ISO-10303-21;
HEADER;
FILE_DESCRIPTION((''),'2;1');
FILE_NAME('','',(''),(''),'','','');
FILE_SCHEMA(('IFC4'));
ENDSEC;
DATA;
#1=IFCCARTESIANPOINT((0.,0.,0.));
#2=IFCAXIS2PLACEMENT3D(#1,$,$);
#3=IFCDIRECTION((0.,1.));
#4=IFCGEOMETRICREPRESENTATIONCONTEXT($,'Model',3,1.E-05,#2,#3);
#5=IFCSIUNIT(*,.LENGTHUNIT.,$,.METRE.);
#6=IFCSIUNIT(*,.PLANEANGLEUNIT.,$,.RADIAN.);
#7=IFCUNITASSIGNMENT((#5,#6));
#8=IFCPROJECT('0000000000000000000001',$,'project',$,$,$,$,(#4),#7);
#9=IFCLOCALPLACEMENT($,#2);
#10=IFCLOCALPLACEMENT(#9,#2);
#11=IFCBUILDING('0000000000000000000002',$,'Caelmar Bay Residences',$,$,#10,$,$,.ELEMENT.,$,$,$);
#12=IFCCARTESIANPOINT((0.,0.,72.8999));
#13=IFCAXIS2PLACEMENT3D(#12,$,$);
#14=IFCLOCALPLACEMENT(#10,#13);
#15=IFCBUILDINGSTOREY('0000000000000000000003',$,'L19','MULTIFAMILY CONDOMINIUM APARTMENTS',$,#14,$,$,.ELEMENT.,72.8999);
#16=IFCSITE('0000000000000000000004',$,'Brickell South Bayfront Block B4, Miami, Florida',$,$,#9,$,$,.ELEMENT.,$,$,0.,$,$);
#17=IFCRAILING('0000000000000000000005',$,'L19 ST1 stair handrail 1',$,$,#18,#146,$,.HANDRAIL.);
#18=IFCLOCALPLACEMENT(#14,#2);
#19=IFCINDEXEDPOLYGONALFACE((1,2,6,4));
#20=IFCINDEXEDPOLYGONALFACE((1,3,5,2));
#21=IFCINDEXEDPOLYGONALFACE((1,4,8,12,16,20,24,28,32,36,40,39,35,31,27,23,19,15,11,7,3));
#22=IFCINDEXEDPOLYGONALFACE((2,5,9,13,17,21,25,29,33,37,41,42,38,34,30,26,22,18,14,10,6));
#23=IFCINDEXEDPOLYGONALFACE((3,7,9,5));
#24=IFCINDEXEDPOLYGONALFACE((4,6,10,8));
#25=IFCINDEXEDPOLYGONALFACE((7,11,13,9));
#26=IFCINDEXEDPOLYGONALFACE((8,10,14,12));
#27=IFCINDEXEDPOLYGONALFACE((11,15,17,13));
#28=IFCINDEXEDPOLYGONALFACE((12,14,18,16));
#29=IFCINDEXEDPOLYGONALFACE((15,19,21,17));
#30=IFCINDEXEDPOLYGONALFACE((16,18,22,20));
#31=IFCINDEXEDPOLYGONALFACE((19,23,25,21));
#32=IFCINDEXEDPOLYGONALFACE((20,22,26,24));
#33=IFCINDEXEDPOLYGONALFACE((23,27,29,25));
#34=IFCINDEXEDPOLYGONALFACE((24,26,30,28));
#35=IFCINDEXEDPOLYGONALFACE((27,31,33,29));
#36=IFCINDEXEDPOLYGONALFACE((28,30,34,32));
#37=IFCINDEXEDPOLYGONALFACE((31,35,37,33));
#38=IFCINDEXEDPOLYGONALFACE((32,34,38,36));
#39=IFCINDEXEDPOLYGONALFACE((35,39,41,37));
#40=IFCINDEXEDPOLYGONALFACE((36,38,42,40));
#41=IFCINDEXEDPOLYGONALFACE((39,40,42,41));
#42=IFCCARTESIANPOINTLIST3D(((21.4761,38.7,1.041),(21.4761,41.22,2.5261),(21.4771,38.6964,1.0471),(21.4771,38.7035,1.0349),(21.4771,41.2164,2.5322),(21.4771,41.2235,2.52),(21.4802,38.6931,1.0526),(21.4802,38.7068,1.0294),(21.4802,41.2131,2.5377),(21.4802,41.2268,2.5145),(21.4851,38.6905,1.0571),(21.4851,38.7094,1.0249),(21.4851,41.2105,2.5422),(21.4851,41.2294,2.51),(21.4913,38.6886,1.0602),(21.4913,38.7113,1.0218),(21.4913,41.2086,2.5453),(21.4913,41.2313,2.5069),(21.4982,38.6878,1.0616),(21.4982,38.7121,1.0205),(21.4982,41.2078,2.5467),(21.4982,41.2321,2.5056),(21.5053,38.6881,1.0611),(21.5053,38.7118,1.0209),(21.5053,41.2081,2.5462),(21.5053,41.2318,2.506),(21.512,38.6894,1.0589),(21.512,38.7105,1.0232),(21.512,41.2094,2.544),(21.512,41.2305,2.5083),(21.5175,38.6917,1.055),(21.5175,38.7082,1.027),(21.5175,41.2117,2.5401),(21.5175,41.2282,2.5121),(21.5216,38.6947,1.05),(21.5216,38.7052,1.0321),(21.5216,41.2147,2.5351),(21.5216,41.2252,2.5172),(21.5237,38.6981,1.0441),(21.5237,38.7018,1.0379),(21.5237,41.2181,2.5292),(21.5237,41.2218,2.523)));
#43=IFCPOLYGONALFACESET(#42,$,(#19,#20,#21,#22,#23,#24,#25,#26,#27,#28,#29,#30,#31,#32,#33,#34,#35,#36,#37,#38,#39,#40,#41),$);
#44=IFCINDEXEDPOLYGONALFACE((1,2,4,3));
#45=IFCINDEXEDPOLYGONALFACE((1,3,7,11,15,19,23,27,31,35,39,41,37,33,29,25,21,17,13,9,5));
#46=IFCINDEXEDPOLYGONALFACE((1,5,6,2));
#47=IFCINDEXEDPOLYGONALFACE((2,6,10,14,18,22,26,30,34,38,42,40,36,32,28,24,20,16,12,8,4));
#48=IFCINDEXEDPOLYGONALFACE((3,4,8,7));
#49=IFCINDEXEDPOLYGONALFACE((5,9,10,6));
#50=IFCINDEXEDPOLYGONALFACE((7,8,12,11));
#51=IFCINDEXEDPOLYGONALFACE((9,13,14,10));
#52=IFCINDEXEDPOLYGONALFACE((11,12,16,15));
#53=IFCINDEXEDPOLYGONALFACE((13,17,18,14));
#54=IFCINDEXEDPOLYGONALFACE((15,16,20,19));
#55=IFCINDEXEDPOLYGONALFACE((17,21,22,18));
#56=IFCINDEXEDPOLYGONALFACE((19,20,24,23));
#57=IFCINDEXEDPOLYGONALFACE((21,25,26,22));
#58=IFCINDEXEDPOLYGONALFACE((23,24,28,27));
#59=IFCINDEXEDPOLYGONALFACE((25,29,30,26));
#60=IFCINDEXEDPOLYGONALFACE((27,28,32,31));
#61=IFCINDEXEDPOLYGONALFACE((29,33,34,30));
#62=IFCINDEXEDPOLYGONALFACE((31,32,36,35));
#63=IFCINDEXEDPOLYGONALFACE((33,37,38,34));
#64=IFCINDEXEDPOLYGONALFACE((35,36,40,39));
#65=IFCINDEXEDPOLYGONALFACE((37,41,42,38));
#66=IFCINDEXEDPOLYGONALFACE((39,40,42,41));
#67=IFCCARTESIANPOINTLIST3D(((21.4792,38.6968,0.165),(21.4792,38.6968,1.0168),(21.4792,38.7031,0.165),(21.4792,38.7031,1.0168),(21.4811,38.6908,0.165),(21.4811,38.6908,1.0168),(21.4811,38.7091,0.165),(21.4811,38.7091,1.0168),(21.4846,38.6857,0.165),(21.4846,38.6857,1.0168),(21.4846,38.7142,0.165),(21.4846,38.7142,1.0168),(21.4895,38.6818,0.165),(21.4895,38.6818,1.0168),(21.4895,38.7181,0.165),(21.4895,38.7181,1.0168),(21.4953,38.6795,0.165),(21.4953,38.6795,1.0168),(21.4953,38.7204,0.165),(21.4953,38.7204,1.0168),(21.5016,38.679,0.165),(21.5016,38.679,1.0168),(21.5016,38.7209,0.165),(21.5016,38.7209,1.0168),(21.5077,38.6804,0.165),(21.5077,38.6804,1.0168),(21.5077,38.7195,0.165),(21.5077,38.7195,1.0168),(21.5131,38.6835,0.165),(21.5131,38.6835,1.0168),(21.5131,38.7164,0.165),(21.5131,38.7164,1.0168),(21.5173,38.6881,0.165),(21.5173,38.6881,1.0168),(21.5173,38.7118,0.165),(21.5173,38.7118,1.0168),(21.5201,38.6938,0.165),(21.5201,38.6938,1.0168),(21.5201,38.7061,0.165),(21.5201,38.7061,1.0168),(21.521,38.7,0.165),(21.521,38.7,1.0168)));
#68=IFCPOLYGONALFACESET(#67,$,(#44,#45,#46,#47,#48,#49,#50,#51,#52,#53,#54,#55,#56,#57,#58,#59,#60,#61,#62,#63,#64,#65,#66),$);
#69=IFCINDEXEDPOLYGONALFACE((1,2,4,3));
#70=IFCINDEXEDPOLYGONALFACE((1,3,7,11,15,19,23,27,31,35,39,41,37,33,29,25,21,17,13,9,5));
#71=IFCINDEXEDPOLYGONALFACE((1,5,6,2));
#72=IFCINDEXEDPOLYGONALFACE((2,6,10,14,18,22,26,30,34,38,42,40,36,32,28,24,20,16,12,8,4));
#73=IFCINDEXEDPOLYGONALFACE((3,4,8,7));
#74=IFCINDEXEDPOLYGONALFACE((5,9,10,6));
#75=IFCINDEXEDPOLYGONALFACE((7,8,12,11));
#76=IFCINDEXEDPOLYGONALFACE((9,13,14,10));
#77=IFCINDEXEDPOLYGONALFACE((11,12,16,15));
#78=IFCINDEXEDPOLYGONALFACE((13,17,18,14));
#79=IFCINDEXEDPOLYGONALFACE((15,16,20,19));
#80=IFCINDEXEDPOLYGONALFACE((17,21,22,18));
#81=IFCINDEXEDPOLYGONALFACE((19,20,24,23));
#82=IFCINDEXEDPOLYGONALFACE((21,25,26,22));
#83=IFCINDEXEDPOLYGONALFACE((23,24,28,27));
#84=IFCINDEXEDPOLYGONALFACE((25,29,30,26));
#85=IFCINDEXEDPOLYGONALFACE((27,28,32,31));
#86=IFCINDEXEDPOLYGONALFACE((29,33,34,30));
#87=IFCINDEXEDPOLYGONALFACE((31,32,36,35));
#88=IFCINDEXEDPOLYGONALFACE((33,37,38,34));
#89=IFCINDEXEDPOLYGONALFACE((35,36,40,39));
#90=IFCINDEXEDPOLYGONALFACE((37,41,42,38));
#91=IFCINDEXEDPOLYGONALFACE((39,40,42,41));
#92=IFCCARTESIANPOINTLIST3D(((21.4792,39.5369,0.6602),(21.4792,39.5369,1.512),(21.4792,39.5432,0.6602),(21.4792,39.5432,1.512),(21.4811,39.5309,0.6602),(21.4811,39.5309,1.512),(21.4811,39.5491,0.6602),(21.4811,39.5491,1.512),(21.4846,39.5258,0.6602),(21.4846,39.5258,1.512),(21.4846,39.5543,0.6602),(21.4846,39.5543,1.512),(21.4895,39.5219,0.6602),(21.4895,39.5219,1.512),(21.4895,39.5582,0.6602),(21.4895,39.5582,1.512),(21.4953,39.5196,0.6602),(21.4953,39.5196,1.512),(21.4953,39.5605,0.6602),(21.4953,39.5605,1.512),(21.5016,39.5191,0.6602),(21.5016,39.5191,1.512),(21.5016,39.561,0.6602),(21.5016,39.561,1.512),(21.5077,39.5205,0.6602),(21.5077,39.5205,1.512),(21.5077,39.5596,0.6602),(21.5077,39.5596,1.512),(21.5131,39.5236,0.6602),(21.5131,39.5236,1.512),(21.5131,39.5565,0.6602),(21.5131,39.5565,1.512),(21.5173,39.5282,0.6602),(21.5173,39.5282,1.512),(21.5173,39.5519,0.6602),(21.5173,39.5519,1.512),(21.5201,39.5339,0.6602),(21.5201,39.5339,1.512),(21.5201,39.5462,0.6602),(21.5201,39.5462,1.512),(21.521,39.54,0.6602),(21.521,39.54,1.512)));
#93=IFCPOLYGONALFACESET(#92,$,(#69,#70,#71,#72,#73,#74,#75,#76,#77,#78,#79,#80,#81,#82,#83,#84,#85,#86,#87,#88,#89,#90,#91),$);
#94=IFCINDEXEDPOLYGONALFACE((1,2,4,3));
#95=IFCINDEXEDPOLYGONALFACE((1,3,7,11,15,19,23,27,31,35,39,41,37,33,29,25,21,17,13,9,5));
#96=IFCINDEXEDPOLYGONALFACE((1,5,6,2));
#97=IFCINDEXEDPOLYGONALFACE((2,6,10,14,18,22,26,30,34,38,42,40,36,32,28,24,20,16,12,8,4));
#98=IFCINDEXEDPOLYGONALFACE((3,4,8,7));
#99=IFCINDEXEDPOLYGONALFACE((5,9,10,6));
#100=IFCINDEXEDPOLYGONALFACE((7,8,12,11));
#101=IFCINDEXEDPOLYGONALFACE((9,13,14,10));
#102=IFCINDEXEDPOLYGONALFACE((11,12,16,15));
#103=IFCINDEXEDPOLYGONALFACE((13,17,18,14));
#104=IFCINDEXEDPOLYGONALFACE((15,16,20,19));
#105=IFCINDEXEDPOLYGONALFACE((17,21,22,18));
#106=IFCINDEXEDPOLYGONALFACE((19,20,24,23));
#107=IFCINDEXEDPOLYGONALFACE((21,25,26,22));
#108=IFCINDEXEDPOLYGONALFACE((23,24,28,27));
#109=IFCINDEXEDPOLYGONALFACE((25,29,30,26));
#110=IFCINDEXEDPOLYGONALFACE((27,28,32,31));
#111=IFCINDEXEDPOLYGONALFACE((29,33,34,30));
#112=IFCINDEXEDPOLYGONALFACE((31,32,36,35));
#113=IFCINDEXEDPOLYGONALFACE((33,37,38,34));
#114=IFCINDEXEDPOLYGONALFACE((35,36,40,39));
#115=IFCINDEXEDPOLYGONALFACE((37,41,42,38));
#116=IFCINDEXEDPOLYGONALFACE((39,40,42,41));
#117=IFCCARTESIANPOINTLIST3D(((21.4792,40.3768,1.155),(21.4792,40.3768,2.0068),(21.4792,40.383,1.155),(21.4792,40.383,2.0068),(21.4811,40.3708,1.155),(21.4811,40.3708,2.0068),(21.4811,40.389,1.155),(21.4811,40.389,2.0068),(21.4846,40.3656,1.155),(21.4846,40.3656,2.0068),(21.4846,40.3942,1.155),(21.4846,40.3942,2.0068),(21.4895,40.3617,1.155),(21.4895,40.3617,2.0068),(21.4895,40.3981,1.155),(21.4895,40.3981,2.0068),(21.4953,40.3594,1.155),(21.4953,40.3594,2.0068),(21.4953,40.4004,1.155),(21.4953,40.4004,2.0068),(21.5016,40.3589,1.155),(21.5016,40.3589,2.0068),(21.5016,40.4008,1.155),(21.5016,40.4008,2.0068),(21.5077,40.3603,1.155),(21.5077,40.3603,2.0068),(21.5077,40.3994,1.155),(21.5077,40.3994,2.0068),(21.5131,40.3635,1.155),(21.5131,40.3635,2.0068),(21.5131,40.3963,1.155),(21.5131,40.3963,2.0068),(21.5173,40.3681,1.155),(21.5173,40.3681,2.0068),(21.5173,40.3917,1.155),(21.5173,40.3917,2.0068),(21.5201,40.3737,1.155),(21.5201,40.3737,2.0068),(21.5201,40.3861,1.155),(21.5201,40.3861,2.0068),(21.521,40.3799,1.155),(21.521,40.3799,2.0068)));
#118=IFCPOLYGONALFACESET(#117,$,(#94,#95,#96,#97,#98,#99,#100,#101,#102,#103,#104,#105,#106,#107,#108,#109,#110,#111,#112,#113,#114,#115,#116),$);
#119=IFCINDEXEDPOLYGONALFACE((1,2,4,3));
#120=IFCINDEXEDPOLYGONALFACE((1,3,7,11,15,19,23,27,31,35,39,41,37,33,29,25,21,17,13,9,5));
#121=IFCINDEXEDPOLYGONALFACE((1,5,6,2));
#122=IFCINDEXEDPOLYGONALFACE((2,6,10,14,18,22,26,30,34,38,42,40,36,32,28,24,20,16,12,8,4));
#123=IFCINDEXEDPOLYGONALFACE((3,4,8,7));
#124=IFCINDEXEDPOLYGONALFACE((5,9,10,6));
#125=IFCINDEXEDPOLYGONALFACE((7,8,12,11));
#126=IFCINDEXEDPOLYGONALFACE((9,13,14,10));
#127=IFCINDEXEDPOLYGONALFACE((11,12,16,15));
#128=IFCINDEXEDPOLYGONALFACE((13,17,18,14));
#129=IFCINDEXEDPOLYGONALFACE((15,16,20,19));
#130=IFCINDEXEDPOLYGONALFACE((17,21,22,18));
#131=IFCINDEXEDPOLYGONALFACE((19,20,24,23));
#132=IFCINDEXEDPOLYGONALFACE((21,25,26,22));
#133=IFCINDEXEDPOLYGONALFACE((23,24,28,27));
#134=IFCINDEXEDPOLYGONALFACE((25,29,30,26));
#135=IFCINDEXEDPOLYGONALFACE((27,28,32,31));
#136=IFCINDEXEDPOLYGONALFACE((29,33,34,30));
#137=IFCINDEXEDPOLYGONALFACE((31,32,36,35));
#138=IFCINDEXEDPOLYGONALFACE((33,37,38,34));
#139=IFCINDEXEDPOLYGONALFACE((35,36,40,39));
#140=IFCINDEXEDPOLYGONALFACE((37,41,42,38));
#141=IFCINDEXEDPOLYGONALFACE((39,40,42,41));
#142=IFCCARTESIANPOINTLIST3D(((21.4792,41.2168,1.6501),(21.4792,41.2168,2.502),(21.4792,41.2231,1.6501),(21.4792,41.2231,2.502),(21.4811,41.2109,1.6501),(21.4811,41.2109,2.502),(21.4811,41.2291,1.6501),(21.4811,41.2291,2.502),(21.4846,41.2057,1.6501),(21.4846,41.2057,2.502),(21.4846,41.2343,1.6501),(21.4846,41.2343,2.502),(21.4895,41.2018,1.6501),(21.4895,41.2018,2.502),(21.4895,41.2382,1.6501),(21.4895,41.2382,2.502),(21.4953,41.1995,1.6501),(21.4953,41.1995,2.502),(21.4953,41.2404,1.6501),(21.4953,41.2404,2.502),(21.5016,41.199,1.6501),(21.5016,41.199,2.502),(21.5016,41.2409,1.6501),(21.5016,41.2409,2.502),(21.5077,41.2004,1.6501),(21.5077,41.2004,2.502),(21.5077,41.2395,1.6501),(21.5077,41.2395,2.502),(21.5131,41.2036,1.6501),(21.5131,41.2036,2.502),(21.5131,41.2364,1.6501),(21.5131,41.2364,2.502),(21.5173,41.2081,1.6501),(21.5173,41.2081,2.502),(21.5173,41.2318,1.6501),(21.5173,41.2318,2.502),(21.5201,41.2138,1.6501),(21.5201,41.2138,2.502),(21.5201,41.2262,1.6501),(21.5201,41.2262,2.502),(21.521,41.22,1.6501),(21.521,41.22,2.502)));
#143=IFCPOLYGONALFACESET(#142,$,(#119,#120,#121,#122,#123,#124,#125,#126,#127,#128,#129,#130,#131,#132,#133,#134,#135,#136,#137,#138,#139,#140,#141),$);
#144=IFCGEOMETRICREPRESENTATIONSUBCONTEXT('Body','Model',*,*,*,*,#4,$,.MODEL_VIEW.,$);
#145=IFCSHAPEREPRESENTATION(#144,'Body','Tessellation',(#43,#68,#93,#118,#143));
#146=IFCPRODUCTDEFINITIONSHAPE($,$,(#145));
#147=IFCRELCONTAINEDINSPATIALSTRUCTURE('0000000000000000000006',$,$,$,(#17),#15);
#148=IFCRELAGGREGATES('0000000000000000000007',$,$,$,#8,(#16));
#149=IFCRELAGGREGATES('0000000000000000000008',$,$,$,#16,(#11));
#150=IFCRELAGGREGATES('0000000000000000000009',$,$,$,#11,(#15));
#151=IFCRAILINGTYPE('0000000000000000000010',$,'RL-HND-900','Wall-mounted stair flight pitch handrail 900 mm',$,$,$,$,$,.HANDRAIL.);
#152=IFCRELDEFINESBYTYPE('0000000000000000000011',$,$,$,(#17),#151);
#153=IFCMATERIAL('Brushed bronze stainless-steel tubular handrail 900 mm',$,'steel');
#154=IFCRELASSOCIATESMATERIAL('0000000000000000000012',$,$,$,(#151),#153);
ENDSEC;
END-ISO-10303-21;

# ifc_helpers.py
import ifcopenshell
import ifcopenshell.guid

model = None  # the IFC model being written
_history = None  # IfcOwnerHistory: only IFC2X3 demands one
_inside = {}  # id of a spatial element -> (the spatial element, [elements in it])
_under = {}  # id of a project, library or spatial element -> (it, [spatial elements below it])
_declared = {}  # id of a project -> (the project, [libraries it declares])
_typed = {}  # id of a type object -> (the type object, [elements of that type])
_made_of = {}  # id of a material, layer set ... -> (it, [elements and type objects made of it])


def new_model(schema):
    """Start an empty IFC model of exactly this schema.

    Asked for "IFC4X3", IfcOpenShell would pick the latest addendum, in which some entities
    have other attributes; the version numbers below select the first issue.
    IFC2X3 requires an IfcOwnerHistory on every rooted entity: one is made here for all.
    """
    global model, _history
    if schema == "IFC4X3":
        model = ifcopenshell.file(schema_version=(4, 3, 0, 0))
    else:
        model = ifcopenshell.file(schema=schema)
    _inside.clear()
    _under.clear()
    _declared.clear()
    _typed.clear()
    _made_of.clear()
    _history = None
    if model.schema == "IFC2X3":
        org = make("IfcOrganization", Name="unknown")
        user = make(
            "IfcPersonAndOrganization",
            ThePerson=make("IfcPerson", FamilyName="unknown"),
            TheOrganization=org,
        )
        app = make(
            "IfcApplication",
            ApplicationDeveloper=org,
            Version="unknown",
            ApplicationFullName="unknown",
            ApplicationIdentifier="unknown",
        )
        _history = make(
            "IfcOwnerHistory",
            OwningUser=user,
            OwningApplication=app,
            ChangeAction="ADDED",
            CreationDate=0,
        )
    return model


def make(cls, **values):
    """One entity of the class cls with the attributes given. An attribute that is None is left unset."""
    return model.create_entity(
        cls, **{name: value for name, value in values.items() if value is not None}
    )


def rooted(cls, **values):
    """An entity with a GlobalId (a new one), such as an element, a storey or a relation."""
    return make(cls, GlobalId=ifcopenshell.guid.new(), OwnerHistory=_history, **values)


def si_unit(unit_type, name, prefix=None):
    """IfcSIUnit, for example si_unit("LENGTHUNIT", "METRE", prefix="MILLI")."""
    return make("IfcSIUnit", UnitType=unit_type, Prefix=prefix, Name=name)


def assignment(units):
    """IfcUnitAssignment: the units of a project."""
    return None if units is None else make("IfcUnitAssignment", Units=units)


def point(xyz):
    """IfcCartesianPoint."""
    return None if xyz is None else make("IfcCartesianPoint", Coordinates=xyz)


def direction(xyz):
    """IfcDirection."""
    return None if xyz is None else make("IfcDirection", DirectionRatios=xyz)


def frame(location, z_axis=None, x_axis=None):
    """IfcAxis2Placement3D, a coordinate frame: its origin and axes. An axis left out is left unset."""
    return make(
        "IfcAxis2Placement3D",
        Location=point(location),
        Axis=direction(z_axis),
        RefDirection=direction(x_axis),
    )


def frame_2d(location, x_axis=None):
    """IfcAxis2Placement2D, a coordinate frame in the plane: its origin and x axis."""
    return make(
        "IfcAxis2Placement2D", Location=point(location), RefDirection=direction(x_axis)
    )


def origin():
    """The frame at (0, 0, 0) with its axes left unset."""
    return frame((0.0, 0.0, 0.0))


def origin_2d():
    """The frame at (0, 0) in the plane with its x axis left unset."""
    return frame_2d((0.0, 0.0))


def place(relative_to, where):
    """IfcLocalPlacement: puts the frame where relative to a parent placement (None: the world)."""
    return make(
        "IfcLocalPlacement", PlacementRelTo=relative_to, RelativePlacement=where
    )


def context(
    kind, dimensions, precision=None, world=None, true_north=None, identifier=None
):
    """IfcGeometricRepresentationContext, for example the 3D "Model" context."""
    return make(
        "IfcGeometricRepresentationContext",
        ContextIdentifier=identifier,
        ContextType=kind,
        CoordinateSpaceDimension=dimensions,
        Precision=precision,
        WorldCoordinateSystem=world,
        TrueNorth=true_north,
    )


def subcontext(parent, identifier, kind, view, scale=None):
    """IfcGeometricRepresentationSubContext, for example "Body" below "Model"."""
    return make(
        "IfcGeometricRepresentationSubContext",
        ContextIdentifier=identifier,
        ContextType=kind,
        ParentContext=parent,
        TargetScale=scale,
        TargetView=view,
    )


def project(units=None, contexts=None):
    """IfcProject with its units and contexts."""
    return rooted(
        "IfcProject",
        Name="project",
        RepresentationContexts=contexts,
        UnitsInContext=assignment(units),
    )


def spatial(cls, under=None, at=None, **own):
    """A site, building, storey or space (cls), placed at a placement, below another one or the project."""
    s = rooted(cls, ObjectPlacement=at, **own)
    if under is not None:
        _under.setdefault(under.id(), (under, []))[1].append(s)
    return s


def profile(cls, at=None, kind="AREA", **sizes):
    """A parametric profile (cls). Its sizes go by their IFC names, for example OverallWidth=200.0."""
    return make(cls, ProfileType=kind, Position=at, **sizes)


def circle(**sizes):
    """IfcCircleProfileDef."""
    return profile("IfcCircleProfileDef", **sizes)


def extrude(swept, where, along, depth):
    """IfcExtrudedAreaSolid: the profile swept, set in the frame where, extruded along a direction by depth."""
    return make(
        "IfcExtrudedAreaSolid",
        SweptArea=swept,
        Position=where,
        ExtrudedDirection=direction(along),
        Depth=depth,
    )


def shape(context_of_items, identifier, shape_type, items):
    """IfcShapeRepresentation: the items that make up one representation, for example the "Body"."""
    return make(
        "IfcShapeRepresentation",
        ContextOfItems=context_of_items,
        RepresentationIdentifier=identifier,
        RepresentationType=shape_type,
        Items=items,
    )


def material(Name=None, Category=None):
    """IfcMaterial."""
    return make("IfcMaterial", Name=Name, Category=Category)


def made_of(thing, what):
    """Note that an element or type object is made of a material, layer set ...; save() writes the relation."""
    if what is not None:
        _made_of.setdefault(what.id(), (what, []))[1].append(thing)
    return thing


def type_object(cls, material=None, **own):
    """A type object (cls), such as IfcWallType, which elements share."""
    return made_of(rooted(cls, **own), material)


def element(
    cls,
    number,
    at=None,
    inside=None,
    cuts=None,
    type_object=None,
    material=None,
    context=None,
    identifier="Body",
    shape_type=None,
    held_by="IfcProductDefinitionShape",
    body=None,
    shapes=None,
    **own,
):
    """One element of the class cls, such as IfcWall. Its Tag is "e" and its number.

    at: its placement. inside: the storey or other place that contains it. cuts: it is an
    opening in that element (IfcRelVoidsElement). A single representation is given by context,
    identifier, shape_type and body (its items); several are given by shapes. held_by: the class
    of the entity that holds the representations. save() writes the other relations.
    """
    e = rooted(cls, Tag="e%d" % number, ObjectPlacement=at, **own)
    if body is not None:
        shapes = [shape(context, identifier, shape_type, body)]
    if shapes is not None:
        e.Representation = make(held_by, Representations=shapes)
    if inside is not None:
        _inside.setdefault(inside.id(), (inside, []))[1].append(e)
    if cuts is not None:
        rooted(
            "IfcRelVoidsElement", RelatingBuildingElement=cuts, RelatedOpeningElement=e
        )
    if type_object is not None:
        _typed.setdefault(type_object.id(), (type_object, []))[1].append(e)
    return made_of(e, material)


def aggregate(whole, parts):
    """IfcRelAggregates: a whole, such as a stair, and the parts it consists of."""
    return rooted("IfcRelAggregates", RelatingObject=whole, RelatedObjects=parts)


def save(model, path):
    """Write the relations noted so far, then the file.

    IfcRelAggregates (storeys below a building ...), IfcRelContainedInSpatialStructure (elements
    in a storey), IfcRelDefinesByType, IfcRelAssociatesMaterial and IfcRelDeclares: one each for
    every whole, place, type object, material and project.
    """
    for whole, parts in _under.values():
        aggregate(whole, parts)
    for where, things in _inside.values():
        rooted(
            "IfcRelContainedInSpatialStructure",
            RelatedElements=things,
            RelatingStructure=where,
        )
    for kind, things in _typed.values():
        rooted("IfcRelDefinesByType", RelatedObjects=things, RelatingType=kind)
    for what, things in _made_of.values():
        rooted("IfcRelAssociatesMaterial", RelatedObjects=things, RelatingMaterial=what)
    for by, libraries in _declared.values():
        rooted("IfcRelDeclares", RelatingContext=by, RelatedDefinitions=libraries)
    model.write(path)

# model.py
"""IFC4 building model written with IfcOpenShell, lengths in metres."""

from ifc_helpers import new_model, si_unit, direction, frame, origin, origin_2d, place, context, subcontext, project, spatial, circle, extrude, material, type_object, element, save


model = new_model("IFC4")

# Units and contexts
model_context = context("Model", 3, precision=1e-05, world=origin(), true_north=direction((0.0, 1.0)))
body_context = subcontext(model_context, "Body", "Model", "MODEL_VIEW")
ifc_project = project(units=[si_unit("LENGTHUNIT", "METRE"), si_unit("PLANEANGLEUNIT", "RADIAN")], contexts=[model_context])

# Site, building, storey
site_placement = place(None, origin())
site = spatial("IfcSite", under=ifc_project, at=site_placement, Name="Brickell South Bayfront Block B4, Miami, Florida", CompositionType="ELEMENT", RefElevation=0.0)
building_placement = place(site_placement, origin())
building = spatial("IfcBuilding", under=site, at=building_placement, Name="Caelmar Bay Residences", CompositionType="ELEMENT")
storey_placement = place(building_placement, frame((0.0, 0.0, 72.8999)))
storey = spatial("IfcBuildingStorey", under=building, at=storey_placement, Name="L19", Description="MULTIFAMILY CONDOMINIUM APARTMENTS", CompositionType="ELEMENT", Elevation=72.8999)

# Railing
ifc_material_1 = material(Name="Brushed bronze stainless-steel tubular handrail 900 mm", Category="steel")
railing_type_1 = type_object("IfcRailingType", Name="RL-HND-900", Description="Wall-mounted stair flight pitch handrail 900 mm", PredefinedType="HANDRAIL", material=ifc_material_1)
railing_1_placement = place(storey_placement, frame((21.5, 38.7, 0.165)))
element("IfcRailing", 1, at=railing_1_placement, inside=storey, type_object=railing_type_1, Name="L19 ST1 stair handrail 1", PredefinedType="HANDRAIL", context=body_context, shape_type="SweptSolid", body=[
    extrude(circle(Radius=0.0239, at=origin_2d()), frame((0.0, 0.0, 0.876), z_axis=(0.0, 0.861524, 0.507717), x_axis=(-1.0, 0.0, 0.0)), (0.0, 0.0, 1.0), 2.925),
    extrude(circle(Radius=0.021, at=origin_2d()), origin(), (0.0, 0.0, 1.0), 0.8518),
    extrude(circle(Radius=0.021, at=origin_2d()), frame((0.0, 0.8401, 0.4951)), (0.0, 0.0, 1.0), 0.8518),
    extrude(circle(Radius=0.021, at=origin_2d()), frame((0.0, 1.6799, 0.99)), (0.0, 0.0, 1.0), 0.8518),
    extrude(circle(Radius=0.021, at=origin_2d()), frame((0.0, 2.52, 1.4851)), (0.0, 0.0, 1.0), 0.8518),
])

save(model, "model.ifc")
